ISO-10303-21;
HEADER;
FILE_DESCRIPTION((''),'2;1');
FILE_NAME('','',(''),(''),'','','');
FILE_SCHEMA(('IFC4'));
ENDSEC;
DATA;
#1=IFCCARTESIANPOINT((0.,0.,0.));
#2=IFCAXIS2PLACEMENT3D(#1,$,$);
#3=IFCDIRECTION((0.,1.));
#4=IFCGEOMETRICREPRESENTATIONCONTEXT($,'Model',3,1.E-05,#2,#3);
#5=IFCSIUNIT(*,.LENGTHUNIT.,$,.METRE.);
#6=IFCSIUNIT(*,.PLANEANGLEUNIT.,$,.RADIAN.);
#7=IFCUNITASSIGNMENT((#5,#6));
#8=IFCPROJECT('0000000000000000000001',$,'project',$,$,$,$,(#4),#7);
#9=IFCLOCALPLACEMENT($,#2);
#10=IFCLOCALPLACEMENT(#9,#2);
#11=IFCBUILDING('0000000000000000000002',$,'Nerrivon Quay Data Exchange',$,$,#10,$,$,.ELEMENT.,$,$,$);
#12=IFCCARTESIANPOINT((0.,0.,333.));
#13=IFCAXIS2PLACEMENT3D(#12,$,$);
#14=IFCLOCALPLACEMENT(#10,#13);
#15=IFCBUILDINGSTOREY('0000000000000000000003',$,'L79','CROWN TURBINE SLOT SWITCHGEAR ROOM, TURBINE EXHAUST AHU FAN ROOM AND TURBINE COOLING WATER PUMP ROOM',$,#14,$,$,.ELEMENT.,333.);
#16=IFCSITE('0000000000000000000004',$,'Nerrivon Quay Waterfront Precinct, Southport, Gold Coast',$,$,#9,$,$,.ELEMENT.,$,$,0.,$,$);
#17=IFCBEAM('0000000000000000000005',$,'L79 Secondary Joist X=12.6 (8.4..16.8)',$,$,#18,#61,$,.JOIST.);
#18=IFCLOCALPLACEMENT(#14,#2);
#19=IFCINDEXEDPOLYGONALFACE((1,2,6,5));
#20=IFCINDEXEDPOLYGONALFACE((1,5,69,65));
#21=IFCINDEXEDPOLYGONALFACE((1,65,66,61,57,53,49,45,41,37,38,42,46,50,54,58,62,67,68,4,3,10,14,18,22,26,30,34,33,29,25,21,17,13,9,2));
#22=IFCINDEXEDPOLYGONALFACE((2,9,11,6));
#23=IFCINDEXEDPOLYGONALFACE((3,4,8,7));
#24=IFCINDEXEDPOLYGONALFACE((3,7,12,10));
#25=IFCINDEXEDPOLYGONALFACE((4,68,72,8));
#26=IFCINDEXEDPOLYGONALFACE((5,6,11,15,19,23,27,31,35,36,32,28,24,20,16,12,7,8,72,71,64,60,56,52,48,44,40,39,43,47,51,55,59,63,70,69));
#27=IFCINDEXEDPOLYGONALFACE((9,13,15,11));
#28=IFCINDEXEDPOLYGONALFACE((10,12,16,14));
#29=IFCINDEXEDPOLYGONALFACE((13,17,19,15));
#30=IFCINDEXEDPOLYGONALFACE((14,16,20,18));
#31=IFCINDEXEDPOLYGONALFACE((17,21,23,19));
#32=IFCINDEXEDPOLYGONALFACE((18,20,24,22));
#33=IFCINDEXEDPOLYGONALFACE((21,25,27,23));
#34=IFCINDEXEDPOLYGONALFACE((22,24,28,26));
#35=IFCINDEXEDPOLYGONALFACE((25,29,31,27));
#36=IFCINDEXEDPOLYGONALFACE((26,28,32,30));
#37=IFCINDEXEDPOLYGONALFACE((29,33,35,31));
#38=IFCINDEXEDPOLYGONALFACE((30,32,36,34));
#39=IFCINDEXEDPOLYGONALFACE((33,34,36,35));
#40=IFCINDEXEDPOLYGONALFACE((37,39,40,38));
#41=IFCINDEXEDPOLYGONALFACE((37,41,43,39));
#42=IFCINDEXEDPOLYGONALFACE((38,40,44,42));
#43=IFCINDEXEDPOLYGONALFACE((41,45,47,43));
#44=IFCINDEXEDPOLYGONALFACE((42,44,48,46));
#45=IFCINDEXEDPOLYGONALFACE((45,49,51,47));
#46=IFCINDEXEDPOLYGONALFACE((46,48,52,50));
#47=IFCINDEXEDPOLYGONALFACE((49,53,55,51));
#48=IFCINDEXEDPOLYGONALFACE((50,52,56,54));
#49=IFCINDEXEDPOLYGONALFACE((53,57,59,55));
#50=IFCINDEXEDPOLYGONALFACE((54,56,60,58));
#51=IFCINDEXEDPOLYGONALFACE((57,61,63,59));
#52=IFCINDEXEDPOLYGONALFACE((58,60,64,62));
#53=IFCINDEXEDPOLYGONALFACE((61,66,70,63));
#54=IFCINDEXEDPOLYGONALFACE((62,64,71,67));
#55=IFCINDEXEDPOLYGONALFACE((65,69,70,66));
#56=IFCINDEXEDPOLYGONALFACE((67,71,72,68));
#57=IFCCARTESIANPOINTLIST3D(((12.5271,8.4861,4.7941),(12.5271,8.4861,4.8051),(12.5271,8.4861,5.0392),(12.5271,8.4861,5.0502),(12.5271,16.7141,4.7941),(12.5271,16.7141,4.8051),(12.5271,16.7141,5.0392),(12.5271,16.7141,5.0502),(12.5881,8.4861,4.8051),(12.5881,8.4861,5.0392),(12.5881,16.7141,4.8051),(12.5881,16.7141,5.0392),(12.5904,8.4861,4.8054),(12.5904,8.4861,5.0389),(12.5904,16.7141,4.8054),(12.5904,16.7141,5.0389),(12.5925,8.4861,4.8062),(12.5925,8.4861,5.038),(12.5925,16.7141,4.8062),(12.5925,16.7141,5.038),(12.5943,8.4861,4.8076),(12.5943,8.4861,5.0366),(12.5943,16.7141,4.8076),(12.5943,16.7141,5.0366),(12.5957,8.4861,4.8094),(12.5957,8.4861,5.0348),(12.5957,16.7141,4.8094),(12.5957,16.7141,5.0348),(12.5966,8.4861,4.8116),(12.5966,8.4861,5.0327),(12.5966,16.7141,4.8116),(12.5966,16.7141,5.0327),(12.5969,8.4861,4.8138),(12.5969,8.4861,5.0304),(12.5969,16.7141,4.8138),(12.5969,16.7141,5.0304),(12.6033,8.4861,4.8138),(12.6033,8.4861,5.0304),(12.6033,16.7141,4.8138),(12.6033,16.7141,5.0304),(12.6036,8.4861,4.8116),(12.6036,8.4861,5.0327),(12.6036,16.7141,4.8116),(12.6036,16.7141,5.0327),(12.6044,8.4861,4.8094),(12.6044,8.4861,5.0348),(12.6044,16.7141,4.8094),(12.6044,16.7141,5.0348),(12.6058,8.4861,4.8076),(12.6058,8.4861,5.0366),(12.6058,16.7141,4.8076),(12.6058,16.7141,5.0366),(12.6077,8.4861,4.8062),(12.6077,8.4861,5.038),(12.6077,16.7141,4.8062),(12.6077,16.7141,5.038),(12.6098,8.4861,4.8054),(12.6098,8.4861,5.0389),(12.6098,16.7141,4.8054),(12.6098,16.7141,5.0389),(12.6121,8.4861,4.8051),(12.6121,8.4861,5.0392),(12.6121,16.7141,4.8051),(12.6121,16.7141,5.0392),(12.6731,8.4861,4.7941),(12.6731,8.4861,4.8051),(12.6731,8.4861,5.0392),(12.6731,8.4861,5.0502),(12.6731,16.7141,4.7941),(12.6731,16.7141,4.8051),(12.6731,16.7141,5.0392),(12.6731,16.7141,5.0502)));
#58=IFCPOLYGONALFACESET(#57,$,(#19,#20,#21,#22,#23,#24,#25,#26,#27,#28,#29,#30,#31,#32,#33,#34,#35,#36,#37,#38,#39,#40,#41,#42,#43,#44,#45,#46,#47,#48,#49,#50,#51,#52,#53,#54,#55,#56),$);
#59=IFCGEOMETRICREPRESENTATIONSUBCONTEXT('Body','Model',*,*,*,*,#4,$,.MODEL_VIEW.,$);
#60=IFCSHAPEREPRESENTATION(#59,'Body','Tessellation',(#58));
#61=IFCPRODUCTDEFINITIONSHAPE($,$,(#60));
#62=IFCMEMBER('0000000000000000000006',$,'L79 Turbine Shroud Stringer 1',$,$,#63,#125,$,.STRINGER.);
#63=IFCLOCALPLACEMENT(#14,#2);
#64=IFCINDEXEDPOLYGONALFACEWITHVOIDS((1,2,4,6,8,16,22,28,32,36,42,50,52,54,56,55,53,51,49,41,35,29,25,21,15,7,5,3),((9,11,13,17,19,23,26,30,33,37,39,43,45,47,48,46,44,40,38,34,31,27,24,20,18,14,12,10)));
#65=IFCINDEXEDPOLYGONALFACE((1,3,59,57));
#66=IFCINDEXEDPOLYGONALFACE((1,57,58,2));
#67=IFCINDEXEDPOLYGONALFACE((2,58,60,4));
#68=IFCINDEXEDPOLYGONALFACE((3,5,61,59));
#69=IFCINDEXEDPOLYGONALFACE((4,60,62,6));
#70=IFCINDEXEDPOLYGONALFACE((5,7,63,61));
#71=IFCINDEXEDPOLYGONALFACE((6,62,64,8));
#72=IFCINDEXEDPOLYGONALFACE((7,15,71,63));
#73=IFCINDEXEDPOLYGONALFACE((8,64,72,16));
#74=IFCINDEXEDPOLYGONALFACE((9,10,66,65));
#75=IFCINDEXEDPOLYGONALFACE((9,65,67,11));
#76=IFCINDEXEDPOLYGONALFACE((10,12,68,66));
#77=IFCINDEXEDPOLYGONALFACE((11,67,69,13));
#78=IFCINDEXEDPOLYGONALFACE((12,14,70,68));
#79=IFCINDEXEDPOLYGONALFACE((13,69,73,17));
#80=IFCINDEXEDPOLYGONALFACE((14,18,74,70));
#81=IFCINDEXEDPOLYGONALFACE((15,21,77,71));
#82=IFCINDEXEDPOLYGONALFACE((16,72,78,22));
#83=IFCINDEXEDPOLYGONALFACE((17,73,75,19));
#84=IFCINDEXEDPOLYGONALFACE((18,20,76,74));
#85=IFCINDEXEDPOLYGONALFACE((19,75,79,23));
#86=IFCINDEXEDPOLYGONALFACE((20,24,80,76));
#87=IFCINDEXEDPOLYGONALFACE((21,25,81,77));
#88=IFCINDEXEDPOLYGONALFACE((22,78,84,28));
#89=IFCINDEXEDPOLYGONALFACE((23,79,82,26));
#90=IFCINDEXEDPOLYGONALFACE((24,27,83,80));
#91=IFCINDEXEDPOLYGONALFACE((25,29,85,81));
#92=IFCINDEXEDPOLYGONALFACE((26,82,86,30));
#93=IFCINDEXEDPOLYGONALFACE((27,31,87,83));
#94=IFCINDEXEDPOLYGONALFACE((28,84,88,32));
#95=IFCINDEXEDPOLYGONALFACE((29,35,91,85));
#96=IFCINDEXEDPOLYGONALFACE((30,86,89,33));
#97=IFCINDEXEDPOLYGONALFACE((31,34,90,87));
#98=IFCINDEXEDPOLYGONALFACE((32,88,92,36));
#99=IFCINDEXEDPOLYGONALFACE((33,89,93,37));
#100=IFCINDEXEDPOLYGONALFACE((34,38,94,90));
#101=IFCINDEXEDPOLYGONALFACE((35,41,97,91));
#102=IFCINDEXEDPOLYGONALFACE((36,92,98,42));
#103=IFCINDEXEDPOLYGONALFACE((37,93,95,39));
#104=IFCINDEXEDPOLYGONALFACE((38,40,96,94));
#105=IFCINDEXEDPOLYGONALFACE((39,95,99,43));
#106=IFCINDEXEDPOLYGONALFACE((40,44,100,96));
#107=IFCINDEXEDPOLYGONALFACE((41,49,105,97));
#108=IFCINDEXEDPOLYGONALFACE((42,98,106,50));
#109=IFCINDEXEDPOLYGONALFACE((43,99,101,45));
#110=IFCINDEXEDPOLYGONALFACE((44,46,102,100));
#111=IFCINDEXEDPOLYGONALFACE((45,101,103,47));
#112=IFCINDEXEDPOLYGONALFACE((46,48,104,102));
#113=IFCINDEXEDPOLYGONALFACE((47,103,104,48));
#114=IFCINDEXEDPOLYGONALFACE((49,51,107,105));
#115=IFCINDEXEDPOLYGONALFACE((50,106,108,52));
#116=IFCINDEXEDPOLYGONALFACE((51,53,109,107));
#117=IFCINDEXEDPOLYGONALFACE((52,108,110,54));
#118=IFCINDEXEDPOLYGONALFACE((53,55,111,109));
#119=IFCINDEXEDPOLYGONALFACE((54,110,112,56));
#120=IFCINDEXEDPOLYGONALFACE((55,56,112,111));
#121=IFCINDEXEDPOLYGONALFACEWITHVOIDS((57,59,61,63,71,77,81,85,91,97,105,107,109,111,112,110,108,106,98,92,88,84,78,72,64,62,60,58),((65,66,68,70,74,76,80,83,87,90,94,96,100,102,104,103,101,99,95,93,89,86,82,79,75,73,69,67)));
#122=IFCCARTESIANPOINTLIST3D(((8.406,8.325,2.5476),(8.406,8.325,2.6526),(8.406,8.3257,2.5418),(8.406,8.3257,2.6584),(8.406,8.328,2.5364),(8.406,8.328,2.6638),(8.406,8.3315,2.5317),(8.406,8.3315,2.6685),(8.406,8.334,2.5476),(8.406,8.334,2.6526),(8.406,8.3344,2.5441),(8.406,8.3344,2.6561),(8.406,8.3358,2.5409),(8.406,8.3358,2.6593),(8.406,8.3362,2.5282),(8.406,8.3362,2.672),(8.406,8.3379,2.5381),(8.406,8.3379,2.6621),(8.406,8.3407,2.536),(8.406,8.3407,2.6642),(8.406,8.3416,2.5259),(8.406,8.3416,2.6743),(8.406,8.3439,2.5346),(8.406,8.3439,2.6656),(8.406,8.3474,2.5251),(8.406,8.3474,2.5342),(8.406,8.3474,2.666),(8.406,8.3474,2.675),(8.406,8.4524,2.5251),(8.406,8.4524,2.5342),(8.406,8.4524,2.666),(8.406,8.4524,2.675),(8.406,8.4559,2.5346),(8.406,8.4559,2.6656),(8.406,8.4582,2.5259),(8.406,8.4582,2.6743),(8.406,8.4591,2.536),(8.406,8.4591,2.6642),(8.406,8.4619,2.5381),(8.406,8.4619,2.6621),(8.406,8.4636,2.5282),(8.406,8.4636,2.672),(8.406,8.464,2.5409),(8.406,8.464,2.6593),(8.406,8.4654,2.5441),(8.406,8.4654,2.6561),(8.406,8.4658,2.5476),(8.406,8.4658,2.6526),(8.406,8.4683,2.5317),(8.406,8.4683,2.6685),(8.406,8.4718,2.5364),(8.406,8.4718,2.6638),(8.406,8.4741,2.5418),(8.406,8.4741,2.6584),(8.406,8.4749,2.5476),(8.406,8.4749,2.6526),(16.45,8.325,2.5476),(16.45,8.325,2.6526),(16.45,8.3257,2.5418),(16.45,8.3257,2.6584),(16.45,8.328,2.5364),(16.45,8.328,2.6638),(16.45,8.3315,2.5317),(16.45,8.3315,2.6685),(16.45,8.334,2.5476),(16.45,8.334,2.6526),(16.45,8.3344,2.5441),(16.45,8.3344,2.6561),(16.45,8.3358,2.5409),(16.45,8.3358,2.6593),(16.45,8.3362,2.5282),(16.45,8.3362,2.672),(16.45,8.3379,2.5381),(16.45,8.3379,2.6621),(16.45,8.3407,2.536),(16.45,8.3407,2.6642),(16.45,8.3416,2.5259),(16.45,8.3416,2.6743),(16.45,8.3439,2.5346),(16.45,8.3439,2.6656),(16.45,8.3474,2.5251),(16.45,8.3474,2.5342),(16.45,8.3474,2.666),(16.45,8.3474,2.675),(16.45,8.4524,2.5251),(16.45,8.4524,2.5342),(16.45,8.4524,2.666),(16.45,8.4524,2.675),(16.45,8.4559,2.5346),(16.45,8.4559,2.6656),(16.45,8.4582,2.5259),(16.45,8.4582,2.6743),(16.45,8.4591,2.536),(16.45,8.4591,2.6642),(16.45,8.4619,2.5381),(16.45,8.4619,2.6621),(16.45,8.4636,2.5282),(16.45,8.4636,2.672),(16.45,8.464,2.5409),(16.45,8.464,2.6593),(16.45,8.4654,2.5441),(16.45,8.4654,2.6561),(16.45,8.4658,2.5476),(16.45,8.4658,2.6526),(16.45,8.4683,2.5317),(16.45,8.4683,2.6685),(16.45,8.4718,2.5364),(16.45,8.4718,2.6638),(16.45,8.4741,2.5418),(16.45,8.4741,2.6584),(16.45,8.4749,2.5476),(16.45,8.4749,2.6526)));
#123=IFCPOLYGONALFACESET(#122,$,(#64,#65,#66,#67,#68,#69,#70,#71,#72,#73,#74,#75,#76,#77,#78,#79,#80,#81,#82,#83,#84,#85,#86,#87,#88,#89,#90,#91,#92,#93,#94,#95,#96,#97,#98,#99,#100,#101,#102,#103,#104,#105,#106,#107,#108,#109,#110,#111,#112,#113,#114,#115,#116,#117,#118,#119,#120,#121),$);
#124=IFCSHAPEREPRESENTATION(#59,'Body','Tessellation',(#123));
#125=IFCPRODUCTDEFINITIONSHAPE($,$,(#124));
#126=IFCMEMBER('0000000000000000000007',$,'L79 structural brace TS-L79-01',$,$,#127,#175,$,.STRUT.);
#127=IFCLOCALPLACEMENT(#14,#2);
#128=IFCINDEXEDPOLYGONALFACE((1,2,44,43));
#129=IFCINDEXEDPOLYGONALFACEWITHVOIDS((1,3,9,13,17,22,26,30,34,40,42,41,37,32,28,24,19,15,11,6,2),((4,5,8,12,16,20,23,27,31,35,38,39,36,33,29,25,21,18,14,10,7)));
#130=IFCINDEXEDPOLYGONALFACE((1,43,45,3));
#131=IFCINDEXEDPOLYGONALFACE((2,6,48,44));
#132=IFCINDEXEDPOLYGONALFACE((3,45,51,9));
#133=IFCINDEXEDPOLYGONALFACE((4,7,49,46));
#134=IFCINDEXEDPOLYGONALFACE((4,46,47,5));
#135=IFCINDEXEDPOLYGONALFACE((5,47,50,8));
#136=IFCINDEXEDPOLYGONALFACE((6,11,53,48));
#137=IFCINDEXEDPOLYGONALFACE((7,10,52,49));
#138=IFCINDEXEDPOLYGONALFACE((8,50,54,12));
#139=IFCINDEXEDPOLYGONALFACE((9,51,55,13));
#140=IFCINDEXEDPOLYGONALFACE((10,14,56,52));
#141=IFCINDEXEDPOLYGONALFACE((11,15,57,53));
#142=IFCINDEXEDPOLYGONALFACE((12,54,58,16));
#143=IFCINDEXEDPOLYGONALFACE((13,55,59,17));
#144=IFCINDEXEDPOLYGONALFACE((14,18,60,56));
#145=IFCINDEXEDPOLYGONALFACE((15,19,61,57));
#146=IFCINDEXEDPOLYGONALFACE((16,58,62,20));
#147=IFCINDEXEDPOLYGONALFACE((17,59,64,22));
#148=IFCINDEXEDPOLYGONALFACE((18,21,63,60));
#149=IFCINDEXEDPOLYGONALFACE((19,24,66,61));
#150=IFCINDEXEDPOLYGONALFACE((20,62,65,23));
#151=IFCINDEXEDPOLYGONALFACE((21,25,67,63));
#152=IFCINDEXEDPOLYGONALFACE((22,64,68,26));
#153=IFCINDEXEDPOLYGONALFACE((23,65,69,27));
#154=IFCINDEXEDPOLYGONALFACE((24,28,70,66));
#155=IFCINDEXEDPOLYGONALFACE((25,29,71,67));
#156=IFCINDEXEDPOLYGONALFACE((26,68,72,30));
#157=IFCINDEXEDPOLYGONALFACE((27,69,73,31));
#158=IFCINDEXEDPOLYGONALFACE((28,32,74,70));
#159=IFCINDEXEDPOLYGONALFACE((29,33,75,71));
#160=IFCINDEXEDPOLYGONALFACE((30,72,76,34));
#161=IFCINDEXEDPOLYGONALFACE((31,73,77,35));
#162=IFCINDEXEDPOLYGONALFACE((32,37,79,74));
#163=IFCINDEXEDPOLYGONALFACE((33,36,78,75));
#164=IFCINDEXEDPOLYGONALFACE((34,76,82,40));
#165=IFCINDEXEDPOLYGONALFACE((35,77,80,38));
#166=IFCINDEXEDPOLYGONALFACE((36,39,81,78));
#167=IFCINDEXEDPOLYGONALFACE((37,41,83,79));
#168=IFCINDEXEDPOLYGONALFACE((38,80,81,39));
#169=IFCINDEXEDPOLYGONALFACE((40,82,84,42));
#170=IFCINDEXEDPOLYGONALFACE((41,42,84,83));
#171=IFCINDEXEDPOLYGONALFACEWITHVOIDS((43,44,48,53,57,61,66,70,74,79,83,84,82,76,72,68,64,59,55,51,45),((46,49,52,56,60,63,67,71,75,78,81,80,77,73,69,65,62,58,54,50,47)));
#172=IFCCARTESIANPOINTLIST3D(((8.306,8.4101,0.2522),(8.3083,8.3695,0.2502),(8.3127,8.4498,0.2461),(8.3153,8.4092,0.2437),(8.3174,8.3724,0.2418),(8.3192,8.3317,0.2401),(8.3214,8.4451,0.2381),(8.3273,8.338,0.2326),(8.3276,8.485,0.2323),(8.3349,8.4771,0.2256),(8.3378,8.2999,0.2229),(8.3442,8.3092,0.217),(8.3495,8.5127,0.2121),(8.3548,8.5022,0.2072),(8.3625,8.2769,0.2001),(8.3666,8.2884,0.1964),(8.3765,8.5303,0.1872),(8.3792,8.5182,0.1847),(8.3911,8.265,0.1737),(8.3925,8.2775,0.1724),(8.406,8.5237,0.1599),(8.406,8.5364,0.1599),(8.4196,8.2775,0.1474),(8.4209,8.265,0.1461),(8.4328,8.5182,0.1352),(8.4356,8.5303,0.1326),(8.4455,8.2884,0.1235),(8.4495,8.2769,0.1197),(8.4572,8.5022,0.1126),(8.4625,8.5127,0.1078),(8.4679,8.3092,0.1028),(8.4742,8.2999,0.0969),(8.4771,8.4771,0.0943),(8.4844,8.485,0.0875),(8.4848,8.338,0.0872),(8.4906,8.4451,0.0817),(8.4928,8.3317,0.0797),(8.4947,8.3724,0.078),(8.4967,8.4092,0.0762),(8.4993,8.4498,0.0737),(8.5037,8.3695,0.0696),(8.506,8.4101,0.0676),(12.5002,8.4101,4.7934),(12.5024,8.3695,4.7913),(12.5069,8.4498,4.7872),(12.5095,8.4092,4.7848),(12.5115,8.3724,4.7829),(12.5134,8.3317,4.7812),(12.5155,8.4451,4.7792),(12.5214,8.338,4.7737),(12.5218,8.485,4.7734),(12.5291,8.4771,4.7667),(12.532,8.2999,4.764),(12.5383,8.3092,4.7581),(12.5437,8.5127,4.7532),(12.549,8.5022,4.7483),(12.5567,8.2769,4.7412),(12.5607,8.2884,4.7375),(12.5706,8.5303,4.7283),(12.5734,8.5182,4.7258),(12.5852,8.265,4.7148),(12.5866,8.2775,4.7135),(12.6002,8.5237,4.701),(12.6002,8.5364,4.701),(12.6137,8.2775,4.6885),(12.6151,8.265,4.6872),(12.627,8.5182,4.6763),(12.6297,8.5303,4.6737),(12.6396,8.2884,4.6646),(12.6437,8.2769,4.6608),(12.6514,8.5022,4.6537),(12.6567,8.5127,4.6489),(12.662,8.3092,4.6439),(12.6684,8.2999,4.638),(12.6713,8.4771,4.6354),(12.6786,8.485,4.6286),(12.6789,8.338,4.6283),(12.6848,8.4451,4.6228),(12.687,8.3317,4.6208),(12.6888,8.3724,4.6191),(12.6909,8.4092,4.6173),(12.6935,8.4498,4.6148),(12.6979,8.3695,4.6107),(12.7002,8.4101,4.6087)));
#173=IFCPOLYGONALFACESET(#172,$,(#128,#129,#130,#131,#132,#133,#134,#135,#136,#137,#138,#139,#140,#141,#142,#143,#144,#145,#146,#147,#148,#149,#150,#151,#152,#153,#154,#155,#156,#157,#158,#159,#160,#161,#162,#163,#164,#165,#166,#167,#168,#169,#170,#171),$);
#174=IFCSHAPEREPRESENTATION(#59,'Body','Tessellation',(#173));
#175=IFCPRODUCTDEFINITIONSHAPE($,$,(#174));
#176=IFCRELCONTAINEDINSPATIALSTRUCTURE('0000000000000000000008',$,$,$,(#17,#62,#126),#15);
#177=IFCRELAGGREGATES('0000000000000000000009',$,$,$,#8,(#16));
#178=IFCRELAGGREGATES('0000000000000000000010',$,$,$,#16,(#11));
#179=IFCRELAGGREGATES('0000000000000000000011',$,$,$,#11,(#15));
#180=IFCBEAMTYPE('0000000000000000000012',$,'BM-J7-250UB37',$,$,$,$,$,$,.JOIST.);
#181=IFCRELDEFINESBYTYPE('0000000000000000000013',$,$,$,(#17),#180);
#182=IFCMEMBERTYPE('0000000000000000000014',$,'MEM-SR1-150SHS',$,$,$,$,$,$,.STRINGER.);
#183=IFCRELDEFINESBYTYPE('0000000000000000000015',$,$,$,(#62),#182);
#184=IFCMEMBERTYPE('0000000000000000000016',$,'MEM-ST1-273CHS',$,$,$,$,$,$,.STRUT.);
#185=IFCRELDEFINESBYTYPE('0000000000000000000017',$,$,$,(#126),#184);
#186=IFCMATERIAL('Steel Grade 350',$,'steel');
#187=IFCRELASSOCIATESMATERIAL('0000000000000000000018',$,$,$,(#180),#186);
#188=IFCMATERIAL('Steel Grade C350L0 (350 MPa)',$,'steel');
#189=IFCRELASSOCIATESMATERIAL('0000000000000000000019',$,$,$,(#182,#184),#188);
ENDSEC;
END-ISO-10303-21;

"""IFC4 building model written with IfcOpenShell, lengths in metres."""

from ifc_helpers import new_model, si_unit, direction, frame, origin, origin_2d, place, context, subcontext, project, spatial, hollow_rectangle, hollow_circle, i_section, extrude, material, material_profile, profile_set, type_object, element, save


model = new_model("IFC4")

# Units and contexts
model_context = context("Model", 3, precision=1e-05, world=origin(), true_north=direction((0.0, 1.0)))
body_context = subcontext(model_context, "Body", "Model", "MODEL_VIEW")
ifc_project = project(units=[si_unit("LENGTHUNIT", "METRE"), si_unit("PLANEANGLEUNIT", "RADIAN")], contexts=[model_context])

# Site, building, storey
site_placement = place(None, origin())
site = spatial("IfcSite", under=ifc_project, at=site_placement, Name="Nerrivon Quay Waterfront Precinct, Southport, Gold Coast", CompositionType="ELEMENT", RefElevation=0.0)
building_placement = place(site_placement, origin())
building = spatial("IfcBuilding", under=site, at=building_placement, Name="Nerrivon Quay Data Exchange", CompositionType="ELEMENT")
storey_placement = place(building_placement, frame((0.0, 0.0, 333.0)))
storey = spatial("IfcBuildingStorey", under=building, at=storey_placement, Name="L79", Description="CROWN TURBINE SLOT SWITCHGEAR ROOM, TURBINE EXHAUST AHU FAN ROOM AND TURBINE COOLING WATER PUMP ROOM", CompositionType="ELEMENT", Elevation=333.0)

# Shared definitions
ifc_material_1 = material(Name="Steel Grade 350", Category="steel")

# Beam
ifc_material_profile_1 = material_profile(ifc_material_1, i_section(OverallWidth=0.146, OverallDepth=0.2561, WebThickness=0.0063, FlangeThickness=0.011, FilletRadius=0.0088, at=origin_2d()), Name="250UB37.3")
ifc_profile_set_1 = profile_set([ifc_material_profile_1], Name="Steel Grade 350")
beam_type_1 = type_object("IfcBeamType", Name="BM-J7-250UB37", PredefinedType="JOIST", material=ifc_profile_set_1)
beam_1_placement = place(storey_placement, frame((12.6001, 8.4861, 4.9221), z_axis=(0.0, 1.0, 0.0), x_axis=(-1.0, 0.0, 0.0)))
element("IfcBeam", 1, at=beam_1_placement, inside=storey, type_object=beam_type_1, Name="L79 Secondary Joist X=12.6 (8.4..16.8)", PredefinedType="JOIST", context=body_context, shape_type="SweptSolid", body=[
    extrude(i_section(OverallWidth=0.146, OverallDepth=0.2561, WebThickness=0.0063, FlangeThickness=0.011, FilletRadius=0.0088, at=origin_2d()), origin(), (0.0, 0.0, 1.0), 8.228),
])

# Members
ifc_material_2 = material(Name="Steel Grade C350L0 (350 MPa)", Category="steel")
ifc_material_profile_2 = material_profile(ifc_material_2, hollow_rectangle(XDim=0.1499, YDim=0.1499, WallThickness=0.009, InnerFilletRadius=0.0134, OuterFilletRadius=0.0225, at=origin_2d()), Name="150x150x9.0SHS")
ifc_profile_set_2 = profile_set([ifc_material_profile_2], Name="Steel Grade C350L0 (350 MPa)")
member_type_1 = type_object("IfcMemberType", Name="MEM-SR1-150SHS", PredefinedType="STRINGER", material=ifc_profile_set_2)
member_1_placement = place(storey_placement, frame((8.406, 8.3999, 2.6001), z_axis=(1.0, 0.0, 0.0), x_axis=(0.0, 1.0, 0.0)))
element("IfcMember", 2, at=member_1_placement, inside=storey, type_object=member_type_1, Name="L79 Turbine Shroud Stringer 1", PredefinedType="STRINGER", context=body_context, shape_type="SweptSolid", body=[
    extrude(hollow_rectangle(XDim=0.1499, YDim=0.1499, WallThickness=0.009, InnerFilletRadius=0.0134, OuterFilletRadius=0.0225, at=origin_2d()), origin(), (0.0, 0.0, 1.0), 8.0439),
])
ifc_material_profile_3 = material_profile(ifc_material_2, hollow_circle(Radius=0.1365, WallThickness=0.0127, at=origin_2d()), Name="273.1x12.7CHS")
ifc_profile_set_3 = profile_set([ifc_material_profile_3], Name="Steel Grade C350L0 (350 MPa)")
member_type_2 = type_object("IfcMemberType", Name="MEM-ST1-273CHS", PredefinedType="STRUT", material=ifc_profile_set_3)
member_2_placement = place(storey_placement, frame((8.406, 8.3999, 0.1599), z_axis=(0.678488, 0.0, 0.734611), x_axis=(0.0, 1.0, 0.0)))
element("IfcMember", 3, at=member_2_placement, inside=storey, type_object=member_type_2, Name="L79 structural brace TS-L79-01", PredefinedType="STRUT", context=body_context, shape_type="SweptSolid", body=[
    extrude(hollow_circle(Radius=0.1365, WallThickness=0.0127, at=origin_2d()), origin(), (0.0, 0.0, 1.0), 6.1816),
])

save(model, "model.ifc")
